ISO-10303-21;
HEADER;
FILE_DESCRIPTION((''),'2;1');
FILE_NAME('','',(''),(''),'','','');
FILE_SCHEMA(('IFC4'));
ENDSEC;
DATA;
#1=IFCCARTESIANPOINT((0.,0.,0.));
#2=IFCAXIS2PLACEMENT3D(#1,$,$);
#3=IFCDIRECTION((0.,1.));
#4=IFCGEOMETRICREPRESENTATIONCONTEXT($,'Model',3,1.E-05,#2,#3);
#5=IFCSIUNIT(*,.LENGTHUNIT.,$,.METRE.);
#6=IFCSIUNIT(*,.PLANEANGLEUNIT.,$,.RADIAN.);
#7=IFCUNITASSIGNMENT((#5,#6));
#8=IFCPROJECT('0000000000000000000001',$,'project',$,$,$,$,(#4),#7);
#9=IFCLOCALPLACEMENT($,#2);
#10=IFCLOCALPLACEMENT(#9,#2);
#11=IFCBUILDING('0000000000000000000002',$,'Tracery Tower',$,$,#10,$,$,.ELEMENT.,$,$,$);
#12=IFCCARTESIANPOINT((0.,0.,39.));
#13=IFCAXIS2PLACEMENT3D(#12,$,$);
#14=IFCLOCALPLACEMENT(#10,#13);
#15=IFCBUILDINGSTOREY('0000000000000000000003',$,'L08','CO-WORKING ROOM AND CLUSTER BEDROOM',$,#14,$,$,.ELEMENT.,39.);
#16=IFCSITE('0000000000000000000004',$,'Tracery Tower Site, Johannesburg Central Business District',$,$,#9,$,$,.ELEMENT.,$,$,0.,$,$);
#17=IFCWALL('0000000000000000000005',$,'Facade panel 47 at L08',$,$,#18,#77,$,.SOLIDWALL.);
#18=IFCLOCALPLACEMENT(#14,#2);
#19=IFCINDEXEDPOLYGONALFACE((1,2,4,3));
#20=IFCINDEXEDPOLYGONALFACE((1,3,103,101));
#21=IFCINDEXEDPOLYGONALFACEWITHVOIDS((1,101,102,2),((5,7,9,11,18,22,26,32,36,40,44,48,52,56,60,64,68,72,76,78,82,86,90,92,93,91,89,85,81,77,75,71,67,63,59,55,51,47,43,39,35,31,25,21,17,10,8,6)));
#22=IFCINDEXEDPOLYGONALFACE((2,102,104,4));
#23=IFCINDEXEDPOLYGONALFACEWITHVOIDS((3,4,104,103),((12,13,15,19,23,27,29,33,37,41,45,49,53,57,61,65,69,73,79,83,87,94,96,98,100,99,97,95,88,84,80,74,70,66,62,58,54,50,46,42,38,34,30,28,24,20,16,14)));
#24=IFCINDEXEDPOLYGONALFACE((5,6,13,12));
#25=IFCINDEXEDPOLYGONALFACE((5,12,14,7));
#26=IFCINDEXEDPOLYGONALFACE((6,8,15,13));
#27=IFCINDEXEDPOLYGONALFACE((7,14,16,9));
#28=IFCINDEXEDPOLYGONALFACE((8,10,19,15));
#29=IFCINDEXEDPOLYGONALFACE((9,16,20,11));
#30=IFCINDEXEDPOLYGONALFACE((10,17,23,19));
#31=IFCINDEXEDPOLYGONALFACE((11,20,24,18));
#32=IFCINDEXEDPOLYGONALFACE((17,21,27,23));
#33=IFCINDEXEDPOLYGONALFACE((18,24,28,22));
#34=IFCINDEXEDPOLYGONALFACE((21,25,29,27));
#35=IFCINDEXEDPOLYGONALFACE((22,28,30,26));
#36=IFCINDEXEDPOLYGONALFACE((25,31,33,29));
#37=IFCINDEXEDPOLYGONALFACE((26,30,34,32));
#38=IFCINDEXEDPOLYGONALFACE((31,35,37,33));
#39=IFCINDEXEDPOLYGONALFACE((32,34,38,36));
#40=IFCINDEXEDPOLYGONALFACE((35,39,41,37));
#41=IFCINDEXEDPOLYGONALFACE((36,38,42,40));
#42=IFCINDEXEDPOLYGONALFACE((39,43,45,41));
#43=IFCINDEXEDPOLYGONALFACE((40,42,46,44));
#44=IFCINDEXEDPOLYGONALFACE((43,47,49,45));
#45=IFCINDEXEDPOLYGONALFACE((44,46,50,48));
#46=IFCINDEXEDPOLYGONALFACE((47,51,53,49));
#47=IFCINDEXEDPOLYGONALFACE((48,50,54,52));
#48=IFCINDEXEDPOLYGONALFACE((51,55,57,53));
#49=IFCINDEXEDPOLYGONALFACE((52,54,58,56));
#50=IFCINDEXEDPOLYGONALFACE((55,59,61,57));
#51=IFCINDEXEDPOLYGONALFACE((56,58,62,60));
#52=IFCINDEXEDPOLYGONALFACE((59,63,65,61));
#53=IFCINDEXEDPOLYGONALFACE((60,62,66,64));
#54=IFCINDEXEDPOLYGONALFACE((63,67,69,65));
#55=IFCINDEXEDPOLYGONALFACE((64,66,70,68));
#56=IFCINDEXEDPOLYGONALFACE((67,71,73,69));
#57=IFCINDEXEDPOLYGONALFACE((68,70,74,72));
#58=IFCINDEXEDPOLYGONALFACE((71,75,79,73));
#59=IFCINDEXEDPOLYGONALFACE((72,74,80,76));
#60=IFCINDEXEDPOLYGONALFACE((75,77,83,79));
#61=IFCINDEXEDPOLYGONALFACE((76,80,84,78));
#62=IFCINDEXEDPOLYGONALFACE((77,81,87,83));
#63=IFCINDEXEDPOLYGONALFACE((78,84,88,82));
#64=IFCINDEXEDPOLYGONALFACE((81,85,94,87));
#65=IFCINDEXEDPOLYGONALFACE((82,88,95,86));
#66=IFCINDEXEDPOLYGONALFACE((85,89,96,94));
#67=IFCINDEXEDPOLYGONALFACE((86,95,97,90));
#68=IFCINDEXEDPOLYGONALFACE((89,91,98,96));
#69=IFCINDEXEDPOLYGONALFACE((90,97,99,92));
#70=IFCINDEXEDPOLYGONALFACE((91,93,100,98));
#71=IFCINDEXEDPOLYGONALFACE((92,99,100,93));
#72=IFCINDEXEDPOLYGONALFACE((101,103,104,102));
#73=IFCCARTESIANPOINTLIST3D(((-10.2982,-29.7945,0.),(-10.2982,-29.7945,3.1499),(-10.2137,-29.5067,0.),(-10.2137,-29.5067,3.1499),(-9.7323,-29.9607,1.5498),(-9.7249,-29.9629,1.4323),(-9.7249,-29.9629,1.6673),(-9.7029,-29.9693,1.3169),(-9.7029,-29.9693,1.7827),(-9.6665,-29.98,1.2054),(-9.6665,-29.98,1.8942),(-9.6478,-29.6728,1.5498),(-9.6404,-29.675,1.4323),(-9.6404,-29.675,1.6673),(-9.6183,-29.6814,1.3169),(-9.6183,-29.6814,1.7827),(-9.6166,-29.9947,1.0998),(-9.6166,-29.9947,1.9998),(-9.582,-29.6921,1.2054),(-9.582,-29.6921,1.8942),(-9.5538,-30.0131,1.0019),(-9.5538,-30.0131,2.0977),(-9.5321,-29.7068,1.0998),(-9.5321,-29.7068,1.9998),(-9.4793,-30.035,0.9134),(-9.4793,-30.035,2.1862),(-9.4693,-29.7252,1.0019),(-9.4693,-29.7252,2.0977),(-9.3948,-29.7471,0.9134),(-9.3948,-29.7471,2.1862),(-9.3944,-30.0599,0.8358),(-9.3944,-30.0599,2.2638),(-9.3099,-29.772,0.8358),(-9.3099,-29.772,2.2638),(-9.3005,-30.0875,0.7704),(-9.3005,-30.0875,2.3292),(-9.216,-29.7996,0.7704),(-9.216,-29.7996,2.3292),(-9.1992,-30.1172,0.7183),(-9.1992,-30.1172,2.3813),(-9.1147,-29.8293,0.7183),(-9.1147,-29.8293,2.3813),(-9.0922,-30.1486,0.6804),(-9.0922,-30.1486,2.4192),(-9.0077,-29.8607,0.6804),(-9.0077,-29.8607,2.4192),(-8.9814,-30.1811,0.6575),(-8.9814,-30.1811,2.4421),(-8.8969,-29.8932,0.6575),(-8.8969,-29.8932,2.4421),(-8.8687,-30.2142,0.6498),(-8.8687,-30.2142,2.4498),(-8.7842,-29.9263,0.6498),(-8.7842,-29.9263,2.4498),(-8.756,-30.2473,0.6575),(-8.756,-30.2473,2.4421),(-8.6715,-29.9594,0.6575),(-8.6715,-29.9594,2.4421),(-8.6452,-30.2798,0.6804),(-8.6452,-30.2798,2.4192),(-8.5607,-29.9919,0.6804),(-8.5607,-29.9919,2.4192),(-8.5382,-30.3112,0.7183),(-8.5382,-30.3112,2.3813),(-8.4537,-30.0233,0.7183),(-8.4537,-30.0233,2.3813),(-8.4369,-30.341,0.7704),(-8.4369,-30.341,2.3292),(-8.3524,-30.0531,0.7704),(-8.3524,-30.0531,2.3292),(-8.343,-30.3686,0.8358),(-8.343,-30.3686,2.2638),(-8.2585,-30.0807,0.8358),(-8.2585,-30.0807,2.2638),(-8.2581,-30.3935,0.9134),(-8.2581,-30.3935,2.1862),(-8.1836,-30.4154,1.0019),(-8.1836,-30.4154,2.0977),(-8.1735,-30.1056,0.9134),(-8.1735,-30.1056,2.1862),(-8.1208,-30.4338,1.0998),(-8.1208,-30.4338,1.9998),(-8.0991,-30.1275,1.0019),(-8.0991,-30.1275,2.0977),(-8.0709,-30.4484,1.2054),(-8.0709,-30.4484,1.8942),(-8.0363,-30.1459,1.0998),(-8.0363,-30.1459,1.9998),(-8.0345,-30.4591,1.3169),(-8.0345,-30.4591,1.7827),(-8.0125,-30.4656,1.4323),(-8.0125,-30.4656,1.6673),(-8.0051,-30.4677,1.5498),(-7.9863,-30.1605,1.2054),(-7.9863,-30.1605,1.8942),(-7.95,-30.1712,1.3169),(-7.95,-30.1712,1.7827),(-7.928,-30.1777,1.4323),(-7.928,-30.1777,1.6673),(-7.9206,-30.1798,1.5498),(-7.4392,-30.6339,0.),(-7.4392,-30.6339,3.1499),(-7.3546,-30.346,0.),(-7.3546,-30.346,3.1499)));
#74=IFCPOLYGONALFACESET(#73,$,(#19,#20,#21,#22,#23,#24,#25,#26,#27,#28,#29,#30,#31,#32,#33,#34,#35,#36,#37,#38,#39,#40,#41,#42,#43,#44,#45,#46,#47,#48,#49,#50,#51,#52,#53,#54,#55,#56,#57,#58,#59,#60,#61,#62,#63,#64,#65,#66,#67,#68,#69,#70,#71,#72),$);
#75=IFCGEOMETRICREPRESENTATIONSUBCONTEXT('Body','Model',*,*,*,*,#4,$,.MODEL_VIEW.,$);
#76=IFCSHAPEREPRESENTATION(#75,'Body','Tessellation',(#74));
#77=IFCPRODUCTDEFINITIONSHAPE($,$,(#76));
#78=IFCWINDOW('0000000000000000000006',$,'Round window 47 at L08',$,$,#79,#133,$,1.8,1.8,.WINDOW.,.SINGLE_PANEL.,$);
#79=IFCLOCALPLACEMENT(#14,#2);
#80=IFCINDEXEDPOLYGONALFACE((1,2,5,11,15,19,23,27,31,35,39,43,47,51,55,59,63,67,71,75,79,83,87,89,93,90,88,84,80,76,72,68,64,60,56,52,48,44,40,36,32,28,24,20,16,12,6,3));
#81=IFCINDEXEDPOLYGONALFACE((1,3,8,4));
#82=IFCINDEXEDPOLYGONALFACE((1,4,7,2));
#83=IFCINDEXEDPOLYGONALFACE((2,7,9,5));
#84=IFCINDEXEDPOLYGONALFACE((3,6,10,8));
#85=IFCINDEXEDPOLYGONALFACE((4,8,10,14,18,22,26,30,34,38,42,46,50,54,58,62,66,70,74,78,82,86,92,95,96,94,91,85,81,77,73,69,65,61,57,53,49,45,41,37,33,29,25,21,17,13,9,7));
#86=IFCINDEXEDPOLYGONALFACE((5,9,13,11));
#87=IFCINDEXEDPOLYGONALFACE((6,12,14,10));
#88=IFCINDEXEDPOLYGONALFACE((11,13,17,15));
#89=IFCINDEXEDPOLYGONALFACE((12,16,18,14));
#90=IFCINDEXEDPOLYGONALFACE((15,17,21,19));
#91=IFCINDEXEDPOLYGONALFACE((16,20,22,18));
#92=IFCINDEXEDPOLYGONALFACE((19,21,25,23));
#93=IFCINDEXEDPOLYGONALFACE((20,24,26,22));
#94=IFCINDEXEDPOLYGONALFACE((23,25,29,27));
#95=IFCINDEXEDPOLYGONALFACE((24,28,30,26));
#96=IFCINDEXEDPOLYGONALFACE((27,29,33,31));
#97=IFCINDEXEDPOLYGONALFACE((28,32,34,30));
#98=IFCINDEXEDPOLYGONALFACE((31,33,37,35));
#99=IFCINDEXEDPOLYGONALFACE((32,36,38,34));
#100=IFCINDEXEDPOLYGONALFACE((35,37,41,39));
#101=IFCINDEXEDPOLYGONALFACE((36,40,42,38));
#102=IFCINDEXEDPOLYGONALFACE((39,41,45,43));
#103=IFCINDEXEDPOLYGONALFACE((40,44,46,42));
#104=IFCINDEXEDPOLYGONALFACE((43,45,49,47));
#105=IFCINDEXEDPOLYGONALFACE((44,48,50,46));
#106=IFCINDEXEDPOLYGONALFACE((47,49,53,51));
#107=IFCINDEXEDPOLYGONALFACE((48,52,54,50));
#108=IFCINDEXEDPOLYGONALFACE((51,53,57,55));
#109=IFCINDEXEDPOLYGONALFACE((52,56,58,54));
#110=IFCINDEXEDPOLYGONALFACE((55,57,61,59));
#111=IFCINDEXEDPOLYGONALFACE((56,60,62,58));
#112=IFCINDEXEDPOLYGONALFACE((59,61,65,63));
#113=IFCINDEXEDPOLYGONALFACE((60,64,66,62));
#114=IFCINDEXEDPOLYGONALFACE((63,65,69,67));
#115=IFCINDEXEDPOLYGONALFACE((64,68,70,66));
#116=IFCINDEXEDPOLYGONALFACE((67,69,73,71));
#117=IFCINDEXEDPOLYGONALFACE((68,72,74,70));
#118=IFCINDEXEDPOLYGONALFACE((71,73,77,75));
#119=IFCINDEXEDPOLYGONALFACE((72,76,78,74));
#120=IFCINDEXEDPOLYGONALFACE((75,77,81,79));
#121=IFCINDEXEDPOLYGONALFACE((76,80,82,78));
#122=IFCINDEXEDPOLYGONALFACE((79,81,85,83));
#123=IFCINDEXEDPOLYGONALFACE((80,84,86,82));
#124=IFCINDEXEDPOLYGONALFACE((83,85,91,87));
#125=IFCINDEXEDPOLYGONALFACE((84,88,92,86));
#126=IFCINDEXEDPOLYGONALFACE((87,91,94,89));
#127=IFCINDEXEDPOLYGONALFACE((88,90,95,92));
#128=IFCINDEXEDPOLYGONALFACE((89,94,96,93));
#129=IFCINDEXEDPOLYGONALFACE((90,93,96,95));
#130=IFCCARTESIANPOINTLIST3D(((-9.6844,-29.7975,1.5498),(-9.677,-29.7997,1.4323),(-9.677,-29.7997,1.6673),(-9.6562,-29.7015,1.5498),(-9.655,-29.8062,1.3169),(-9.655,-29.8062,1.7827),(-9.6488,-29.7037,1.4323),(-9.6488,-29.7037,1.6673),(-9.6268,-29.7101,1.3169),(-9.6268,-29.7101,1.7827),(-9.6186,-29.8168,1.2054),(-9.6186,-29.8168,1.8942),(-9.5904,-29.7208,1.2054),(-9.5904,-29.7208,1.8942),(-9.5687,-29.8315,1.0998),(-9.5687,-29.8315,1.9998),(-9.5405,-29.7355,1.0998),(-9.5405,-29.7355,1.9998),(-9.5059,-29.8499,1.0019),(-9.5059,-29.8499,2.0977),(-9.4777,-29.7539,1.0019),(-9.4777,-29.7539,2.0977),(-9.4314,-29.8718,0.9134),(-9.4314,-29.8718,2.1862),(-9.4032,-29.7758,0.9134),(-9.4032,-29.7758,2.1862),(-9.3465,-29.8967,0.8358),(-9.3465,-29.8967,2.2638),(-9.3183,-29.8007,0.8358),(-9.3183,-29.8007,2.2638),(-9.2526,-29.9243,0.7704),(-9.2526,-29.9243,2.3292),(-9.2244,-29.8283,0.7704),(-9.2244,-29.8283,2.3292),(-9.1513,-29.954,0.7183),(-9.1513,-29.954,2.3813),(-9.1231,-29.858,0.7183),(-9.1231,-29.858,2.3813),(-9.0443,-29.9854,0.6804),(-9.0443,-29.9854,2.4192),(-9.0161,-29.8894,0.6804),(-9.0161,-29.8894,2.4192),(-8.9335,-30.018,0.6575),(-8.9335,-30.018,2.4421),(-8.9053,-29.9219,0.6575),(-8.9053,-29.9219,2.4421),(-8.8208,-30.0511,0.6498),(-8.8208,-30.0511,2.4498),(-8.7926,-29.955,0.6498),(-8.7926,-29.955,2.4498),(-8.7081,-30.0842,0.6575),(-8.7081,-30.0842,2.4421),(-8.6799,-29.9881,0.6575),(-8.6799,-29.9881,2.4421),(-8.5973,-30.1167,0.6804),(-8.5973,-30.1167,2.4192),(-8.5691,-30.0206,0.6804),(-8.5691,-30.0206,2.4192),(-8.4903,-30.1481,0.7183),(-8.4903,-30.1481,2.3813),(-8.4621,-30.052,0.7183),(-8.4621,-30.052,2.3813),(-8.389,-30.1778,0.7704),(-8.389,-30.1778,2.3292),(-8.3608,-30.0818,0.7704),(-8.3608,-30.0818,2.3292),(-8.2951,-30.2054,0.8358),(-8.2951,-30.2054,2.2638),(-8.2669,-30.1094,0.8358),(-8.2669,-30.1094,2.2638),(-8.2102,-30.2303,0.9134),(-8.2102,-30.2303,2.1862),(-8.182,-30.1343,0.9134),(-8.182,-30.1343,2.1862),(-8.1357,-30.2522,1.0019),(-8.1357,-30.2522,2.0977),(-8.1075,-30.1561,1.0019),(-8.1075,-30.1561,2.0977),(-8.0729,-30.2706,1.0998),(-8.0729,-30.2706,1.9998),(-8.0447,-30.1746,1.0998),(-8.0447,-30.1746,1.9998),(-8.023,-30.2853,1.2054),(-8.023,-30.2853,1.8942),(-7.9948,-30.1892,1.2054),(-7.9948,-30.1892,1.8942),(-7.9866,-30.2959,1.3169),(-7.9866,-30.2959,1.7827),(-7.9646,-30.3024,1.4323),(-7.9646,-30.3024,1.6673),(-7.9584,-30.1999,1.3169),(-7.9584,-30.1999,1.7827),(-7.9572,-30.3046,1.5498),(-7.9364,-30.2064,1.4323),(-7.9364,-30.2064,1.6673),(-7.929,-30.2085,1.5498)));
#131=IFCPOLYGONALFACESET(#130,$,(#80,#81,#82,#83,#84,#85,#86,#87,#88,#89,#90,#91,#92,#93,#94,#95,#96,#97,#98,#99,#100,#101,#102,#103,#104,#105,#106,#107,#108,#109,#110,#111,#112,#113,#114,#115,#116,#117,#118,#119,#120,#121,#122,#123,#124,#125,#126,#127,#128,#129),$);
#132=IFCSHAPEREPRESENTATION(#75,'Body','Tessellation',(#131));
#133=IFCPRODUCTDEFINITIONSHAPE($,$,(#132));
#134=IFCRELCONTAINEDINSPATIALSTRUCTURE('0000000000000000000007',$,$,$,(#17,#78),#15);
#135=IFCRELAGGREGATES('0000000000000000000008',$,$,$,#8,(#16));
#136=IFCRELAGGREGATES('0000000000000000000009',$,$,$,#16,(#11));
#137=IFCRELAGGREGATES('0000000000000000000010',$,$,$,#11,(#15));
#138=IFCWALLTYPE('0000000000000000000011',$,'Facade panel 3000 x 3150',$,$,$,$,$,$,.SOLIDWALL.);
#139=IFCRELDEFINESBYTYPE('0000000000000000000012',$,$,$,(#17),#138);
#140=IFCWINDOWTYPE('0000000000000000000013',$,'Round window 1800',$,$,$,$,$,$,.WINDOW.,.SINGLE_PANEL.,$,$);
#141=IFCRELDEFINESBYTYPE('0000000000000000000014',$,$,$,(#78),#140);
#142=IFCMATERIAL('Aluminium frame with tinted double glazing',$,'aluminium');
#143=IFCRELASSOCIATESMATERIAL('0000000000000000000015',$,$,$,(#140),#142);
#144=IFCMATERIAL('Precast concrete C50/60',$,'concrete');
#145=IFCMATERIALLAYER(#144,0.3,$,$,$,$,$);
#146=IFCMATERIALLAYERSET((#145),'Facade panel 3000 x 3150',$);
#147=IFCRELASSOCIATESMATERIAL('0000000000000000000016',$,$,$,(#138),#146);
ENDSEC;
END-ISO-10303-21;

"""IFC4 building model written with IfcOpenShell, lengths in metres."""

from ifc_helpers import new_model, si_unit, direction, frame, frame_2d, origin, origin_2d, place, context, subcontext, project, spatial, rectangle, circle, extrude, material, layer, layer_set, type_object, element, fill, save


model = new_model("IFC4")

# Units and contexts
model_context = context("Model", 3, precision=1e-05, world=origin(), true_north=direction((0.0, 1.0)))
body_context = subcontext(model_context, "Body", "Model", "MODEL_VIEW")
ifc_project = project(units=[si_unit("LENGTHUNIT", "METRE"), si_unit("PLANEANGLEUNIT", "RADIAN")], contexts=[model_context])

# Site, building, storey
site_placement = place(None, origin())
site = spatial("IfcSite", under=ifc_project, at=site_placement, Name="Tracery Tower Site, Johannesburg Central Business District", CompositionType="ELEMENT", RefElevation=0.0)
building_placement = place(site_placement, origin())
building = spatial("IfcBuilding", under=site, at=building_placement, Name="Tracery Tower", CompositionType="ELEMENT")
storey_placement = place(building_placement, frame((0.0, 0.0, 39.0)))
storey = spatial("IfcBuildingStorey", under=building, at=storey_placement, Name="L08", Description="CO-WORKING ROOM AND CLUSTER BEDROOM", CompositionType="ELEMENT", Elevation=39.0)

# Wall, opening, window
ifc_material_1 = material(Name="Aluminium frame with tinted double glazing", Category="aluminium")
window_type = type_object("IfcWindowType", Name="Round window 1800", PartitioningType="SINGLE_PANEL", PredefinedType="WINDOW", material=ifc_material_1)
ifc_material_2 = material(Name="Precast concrete C50/60", Category="concrete")
ifc_layer_1 = layer(ifc_material_2, 0.3)
ifc_layer_set_1 = layer_set([ifc_layer_1], Name="Facade panel 3000 x 3150")
wall_type_1 = type_object("IfcWallType", Name="Facade panel 3000 x 3150", PredefinedType="SOLIDWALL", material=ifc_layer_set_1)
wall_1_placement = place(storey_placement, frame((-10.2559, -29.6506, 0.0), z_axis=(0.0, 0.0, 1.0), x_axis=(0.959508, -0.281683, 0.0)))
wall_1 = element("IfcWall", 1, at=wall_1_placement, inside=storey, type_object=wall_type_1, Name="Facade panel 47 at L08", PredefinedType="SOLIDWALL", context=body_context, shape_type="SweptSolid", body=[
    extrude(rectangle(XDim=2.9797, YDim=0.3, at=frame_2d((1.4897, 0.0))), origin(), (0.0, 0.0, 1.0), 3.1499),
])
opening_1_placement = place(wall_1_placement, frame((1.4897, 0.0, 1.5498)))
opening_1 = element("IfcOpeningElement", 2, at=opening_1_placement, cuts=wall_1, PredefinedType="OPENING", context=body_context, shape_type="SweptSolid", body=[
    extrude(circle(Radius=0.9, at=origin_2d()), frame((0.0, 0.1599, 0.0), z_axis=(0.0, -1.0, 0.0), x_axis=(1.0, 0.0, 0.0)), (0.0, 0.0, 1.0), 0.3201),
])
window_1_placement = place(opening_1_placement, origin())
window_1 = element("IfcWindow", 3, at=window_1_placement, inside=storey, type_object=window_type, Name="Round window 47 at L08", OverallHeight=1.8, OverallWidth=1.8, PartitioningType="SINGLE_PANEL", PredefinedType="WINDOW", context=body_context, shape_type="SweptSolid", body=[
    extrude(circle(Radius=0.9, at=origin_2d()), frame((0.0, 0.1201, 0.0), z_axis=(0.0, -1.0, 0.0), x_axis=(1.0, 0.0, 0.0)), (0.0, 0.0, 1.0), 0.1001),
])
fill(opening_1, window_1)

save(model, "model.ifc")
